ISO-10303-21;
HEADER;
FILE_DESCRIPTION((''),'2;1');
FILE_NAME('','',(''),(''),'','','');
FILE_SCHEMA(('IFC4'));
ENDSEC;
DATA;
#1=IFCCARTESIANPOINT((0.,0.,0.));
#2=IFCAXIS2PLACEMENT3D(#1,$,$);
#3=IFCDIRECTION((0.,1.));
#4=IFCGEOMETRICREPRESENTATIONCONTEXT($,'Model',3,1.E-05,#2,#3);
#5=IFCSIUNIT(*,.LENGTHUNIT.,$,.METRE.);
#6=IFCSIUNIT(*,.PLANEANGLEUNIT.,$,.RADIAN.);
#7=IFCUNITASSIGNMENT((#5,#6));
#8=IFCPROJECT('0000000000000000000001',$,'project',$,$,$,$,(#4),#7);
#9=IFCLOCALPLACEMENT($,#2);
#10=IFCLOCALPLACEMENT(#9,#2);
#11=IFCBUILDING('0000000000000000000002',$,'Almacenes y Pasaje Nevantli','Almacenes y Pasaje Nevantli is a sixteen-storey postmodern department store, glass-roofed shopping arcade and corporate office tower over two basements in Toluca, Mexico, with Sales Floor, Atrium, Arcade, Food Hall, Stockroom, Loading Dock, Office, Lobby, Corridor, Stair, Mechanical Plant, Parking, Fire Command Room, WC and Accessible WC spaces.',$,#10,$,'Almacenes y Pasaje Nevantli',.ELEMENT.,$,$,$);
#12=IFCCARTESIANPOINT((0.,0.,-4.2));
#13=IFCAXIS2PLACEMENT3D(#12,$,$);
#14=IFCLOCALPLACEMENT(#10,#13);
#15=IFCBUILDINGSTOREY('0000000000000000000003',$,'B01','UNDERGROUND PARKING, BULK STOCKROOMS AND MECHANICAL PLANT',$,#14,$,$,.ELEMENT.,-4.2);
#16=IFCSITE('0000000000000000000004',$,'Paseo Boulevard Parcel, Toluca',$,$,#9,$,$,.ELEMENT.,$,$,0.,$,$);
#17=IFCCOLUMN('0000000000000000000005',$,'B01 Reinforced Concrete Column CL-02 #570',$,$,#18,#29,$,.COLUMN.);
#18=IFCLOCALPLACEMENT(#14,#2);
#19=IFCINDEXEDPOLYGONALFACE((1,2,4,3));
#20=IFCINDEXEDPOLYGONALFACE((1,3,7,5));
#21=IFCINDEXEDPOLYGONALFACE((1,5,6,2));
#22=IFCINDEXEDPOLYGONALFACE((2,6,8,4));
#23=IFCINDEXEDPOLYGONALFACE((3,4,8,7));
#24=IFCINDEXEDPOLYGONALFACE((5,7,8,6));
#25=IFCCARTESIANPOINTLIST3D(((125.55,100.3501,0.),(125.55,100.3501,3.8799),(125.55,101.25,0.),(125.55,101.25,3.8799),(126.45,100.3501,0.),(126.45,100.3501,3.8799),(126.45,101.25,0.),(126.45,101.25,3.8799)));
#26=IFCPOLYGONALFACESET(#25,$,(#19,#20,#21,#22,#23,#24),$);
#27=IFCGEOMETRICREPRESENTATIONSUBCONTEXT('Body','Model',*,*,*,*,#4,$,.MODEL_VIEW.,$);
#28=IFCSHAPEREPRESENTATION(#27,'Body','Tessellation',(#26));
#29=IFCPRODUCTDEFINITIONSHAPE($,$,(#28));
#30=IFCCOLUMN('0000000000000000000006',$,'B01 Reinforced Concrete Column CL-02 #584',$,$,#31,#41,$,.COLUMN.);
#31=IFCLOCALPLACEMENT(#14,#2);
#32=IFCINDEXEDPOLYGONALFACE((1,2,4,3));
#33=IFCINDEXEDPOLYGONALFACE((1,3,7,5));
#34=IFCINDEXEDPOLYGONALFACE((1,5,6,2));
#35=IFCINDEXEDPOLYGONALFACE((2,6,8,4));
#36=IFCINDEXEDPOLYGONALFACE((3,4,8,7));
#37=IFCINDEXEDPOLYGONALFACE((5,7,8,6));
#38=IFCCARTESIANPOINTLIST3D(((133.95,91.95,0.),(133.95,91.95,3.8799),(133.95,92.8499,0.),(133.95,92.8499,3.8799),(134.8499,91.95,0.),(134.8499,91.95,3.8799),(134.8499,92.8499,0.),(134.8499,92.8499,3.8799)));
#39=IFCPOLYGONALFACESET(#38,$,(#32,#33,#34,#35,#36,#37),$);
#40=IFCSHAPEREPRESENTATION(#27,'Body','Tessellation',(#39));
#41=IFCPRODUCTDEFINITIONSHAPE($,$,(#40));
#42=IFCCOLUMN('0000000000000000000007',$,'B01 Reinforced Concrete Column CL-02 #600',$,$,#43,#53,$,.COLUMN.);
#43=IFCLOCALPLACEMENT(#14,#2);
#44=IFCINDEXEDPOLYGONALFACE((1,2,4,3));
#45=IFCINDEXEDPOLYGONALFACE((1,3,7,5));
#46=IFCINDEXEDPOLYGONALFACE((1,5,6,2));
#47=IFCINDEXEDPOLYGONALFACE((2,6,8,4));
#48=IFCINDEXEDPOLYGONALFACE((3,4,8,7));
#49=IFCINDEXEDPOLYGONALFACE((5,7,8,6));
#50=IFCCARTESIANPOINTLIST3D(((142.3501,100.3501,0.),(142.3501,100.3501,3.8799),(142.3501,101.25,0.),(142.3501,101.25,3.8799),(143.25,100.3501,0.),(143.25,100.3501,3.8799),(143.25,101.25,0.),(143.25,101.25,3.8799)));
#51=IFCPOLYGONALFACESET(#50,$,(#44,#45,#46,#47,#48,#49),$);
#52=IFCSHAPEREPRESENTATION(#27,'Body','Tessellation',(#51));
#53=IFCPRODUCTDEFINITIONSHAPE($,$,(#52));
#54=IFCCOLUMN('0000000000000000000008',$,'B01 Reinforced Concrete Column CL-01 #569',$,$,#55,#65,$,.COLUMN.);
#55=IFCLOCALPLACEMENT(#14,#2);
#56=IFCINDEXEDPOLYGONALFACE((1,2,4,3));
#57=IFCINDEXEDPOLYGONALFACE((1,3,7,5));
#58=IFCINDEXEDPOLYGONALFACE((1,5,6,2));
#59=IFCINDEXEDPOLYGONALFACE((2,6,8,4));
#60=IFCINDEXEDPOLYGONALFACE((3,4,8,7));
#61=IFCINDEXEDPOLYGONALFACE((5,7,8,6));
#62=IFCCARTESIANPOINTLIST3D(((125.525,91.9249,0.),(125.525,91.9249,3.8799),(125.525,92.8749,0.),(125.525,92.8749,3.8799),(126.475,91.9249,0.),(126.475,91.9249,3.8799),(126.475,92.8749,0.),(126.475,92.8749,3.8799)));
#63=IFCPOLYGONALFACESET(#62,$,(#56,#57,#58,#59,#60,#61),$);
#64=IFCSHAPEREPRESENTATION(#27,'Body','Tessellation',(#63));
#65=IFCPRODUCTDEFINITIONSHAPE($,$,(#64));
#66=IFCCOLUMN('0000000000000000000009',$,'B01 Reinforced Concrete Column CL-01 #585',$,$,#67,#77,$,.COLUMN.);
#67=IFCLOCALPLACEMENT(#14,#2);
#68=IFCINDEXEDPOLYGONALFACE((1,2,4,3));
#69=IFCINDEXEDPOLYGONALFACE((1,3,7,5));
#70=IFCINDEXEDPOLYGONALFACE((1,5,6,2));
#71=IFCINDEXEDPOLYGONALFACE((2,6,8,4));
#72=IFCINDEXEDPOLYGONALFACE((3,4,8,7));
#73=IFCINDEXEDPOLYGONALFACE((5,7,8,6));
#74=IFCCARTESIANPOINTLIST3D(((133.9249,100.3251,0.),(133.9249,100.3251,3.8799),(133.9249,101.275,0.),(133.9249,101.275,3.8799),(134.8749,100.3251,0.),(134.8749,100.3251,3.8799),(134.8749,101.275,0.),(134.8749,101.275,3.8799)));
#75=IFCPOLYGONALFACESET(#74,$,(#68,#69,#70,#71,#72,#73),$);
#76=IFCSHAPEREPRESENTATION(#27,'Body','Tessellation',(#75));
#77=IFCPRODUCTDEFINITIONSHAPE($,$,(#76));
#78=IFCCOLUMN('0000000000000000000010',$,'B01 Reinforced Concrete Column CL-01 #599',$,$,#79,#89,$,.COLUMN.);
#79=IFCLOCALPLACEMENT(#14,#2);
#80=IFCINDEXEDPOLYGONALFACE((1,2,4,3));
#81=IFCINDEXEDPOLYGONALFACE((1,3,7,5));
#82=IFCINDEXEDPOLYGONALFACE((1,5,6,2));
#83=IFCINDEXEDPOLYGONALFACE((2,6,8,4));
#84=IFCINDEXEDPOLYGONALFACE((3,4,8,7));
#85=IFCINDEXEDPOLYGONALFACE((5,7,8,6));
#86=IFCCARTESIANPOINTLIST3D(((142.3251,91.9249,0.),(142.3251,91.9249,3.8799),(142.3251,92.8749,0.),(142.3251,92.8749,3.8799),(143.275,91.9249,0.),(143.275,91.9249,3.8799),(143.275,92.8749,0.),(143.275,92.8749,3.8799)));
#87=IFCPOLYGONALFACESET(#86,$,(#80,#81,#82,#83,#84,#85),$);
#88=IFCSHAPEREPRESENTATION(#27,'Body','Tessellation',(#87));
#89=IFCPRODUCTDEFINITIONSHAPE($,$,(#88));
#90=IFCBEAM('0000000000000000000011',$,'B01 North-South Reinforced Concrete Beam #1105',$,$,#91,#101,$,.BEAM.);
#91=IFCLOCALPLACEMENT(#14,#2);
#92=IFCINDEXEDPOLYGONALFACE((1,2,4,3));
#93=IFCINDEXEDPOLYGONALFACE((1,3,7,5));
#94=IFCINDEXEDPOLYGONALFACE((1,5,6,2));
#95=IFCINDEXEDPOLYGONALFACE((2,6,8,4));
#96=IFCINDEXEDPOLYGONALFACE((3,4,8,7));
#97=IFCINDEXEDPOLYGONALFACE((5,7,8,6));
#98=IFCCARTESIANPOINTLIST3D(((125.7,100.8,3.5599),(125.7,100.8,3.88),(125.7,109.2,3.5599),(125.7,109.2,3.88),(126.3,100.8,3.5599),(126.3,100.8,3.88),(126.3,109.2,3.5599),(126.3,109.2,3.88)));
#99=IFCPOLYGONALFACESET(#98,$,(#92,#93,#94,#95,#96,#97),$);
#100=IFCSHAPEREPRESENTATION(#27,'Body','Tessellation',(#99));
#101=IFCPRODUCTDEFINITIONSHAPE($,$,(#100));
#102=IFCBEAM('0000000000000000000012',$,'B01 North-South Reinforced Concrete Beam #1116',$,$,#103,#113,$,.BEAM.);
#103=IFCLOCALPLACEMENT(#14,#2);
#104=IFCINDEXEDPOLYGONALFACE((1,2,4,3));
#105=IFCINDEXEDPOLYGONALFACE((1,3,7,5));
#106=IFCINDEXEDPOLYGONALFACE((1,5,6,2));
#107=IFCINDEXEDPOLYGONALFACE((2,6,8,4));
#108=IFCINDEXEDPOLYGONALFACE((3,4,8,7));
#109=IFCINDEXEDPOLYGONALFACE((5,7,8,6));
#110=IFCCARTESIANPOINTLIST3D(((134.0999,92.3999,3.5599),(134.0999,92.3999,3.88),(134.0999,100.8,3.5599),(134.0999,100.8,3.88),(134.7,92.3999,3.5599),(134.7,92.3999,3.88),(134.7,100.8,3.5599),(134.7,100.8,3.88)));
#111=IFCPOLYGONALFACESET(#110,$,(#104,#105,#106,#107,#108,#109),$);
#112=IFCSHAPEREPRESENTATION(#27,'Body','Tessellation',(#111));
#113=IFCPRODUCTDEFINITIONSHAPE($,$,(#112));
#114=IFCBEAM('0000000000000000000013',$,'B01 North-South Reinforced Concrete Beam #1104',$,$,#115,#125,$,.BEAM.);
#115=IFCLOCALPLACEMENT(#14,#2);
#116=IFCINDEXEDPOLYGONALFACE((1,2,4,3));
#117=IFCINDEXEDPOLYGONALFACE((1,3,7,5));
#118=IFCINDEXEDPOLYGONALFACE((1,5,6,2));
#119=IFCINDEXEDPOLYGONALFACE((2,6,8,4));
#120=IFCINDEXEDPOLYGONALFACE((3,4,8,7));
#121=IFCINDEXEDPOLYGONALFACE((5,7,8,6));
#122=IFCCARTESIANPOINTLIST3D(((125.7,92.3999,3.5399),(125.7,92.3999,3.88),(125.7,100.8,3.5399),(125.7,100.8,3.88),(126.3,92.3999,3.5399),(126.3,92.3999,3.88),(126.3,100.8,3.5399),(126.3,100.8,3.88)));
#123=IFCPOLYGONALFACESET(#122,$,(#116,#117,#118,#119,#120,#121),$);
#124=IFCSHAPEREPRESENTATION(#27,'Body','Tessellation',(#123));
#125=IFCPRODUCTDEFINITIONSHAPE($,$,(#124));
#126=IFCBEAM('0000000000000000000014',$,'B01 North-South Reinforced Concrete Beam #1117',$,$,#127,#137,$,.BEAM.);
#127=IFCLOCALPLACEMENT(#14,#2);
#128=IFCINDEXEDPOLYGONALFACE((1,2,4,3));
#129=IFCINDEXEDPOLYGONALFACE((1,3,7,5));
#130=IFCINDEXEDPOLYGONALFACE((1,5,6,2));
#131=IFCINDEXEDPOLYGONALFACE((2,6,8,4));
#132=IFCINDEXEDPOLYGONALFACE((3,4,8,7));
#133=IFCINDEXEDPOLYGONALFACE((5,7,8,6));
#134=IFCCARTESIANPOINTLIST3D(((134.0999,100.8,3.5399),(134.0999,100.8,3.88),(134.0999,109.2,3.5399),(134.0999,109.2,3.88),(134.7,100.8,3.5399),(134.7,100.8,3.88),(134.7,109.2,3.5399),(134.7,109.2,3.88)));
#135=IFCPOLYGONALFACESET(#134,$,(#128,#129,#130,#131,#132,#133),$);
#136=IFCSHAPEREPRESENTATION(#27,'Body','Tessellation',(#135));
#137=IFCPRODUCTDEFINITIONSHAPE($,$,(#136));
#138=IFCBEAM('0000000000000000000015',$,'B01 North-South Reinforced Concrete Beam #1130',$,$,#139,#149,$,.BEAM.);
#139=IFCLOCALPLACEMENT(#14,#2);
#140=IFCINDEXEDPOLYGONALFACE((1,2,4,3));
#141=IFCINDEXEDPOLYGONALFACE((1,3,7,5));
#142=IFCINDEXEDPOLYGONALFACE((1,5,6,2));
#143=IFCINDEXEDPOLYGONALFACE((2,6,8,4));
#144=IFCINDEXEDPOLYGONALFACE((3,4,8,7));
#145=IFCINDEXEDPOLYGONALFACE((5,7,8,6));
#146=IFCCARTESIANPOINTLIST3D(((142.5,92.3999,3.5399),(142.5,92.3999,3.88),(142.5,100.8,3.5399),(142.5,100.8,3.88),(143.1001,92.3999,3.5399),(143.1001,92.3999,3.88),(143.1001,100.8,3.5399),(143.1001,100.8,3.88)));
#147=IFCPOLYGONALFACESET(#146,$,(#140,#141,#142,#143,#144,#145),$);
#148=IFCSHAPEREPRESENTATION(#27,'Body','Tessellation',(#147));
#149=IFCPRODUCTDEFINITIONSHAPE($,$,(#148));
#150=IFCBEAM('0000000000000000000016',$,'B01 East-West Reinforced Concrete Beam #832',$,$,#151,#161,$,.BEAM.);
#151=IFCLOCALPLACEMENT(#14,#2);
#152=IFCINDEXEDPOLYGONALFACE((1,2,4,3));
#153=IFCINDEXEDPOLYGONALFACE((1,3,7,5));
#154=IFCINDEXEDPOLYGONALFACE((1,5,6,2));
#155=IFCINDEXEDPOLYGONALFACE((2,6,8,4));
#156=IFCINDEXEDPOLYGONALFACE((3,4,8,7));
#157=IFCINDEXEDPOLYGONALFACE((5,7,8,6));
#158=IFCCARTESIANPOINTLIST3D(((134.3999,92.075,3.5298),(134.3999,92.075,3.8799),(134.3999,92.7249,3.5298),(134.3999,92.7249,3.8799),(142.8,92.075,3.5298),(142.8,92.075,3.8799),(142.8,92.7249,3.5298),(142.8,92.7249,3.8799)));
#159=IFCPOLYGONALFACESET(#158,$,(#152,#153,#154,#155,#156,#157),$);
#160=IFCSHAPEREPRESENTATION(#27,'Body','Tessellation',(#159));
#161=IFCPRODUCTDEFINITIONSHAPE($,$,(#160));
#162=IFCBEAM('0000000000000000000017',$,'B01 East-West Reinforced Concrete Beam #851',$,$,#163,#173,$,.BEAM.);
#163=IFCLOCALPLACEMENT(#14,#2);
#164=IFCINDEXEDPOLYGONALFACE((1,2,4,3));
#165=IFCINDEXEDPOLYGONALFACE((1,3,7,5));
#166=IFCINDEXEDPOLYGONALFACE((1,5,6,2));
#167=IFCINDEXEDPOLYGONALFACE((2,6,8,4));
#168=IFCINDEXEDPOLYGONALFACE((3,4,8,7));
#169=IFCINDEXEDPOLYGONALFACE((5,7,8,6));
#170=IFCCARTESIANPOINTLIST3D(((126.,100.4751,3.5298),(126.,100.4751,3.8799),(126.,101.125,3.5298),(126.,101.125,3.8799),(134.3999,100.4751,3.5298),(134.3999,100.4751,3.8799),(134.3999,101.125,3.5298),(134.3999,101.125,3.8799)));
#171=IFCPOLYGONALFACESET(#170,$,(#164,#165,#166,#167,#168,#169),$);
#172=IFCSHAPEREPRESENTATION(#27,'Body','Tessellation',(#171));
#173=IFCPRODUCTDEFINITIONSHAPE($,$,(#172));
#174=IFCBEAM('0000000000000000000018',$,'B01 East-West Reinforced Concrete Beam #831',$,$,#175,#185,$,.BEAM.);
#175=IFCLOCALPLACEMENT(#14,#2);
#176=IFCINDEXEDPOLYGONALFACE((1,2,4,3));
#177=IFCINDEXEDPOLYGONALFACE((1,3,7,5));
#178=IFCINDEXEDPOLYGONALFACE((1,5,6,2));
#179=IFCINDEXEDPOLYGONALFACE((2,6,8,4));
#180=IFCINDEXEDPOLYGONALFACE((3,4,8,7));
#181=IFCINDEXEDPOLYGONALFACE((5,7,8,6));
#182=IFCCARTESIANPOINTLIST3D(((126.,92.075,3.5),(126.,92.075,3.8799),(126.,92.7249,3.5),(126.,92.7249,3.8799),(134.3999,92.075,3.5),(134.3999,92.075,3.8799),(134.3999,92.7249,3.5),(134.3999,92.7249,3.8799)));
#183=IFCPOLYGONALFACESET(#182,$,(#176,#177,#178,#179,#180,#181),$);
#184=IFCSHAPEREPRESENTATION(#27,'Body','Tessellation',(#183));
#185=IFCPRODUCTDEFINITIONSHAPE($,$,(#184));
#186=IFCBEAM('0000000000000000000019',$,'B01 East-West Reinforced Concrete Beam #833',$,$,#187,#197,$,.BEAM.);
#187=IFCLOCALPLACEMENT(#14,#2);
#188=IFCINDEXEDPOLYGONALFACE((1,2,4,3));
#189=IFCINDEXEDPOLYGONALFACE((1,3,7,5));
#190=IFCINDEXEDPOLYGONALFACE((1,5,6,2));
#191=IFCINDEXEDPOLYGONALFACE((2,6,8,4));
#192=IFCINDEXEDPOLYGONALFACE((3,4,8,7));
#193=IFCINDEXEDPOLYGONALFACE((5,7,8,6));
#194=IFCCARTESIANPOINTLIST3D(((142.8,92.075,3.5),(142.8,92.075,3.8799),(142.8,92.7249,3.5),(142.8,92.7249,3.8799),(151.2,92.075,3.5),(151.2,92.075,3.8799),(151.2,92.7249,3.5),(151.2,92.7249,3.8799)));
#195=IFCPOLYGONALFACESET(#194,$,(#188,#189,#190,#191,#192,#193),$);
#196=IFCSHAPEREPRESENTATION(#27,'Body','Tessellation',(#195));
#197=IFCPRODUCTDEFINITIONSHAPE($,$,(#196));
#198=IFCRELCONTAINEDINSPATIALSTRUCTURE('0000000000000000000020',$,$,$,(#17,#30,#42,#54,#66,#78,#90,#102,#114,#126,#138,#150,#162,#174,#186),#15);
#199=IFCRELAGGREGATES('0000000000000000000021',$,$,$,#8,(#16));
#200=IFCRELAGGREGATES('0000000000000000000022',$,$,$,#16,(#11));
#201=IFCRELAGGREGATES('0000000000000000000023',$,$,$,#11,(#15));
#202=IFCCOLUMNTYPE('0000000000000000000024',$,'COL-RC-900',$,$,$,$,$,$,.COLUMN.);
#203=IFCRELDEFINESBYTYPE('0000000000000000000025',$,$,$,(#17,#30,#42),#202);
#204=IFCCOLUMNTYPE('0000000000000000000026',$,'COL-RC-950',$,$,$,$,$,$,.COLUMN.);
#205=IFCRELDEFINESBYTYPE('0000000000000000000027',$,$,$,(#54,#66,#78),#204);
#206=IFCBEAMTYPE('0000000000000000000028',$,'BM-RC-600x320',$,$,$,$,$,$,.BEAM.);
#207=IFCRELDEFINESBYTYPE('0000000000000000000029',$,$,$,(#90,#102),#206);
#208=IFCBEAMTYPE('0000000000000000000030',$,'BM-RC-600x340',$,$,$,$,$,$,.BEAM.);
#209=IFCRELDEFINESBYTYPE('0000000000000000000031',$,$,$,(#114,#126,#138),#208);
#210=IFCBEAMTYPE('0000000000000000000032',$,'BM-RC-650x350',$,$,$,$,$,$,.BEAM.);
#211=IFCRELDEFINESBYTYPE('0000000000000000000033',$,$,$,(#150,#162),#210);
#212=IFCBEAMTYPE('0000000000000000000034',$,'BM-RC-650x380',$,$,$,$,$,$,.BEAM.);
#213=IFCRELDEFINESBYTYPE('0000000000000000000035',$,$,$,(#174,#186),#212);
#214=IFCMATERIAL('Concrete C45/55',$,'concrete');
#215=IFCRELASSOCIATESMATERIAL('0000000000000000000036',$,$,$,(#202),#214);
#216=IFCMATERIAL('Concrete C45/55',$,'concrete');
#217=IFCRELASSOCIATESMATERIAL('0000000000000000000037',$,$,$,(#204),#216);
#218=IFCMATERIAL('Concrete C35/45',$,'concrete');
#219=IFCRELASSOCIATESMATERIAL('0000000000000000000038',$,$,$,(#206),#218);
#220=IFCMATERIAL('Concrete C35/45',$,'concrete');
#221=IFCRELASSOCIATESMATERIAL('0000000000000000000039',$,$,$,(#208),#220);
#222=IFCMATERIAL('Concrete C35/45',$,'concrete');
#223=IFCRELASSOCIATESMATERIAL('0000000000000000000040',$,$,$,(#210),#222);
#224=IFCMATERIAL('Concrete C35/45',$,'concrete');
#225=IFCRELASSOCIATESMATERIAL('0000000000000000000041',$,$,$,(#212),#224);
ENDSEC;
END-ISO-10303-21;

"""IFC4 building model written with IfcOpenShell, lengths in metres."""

from ifc_helpers import new_model, si_unit, direction, frame, origin, origin_2d, place, context, subcontext, project, spatial, rectangle, extrude, material, material_profile, profile_set, type_object, element, save


model = new_model("IFC4")

# Units and contexts
model_context = context("Model", 3, precision=1e-05, world=origin(), true_north=direction((0.0, 1.0)))
body_context = subcontext(model_context, "Body", "Model", "MODEL_VIEW")
ifc_project = project(units=[si_unit("LENGTHUNIT", "METRE"), si_unit("PLANEANGLEUNIT", "RADIAN")], contexts=[model_context])

# Site, building, storey
site_placement = place(None, origin())
site = spatial("IfcSite", under=ifc_project, at=site_placement, Name="Paseo Boulevard Parcel, Toluca", CompositionType="ELEMENT", RefElevation=0.0)
building_placement = place(site_placement, origin())
building = spatial("IfcBuilding", under=site, at=building_placement, Name="Almacenes y Pasaje Nevantli", Description="Almacenes y Pasaje Nevantli is a sixteen-storey postmodern department store, glass-roofed shopping arcade and corporate office tower over two basements in Toluca, Mexico, with Sales Floor, Atrium, Arcade, Food Hall, Stockroom, Loading Dock, Office, Lobby, Corridor, Stair, Mechanical Plant, Parking, Fire Command Room, WC and Accessible WC spaces.", LongName="Almacenes y Pasaje Nevantli", CompositionType="ELEMENT")
storey_placement = place(building_placement, frame((0.0, 0.0, -4.2)))
storey = spatial("IfcBuildingStorey", under=building, at=storey_placement, Name="B01", Description="UNDERGROUND PARKING, BULK STOCKROOMS AND MECHANICAL PLANT", CompositionType="ELEMENT", Elevation=-4.2)

# Columns
ifc_material_1 = material(Name="Concrete C45/55", Category="concrete")
ifc_material_profile_1 = material_profile(ifc_material_1, rectangle(XDim=0.8999, YDim=0.8999, at=origin_2d()), Name="RC-COL-900x900")
ifc_profile_set_1 = profile_set([ifc_material_profile_1], Name="Concrete C45/55")
column_type_1 = type_object("IfcColumnType", Name="COL-RC-900", PredefinedType="COLUMN", material=ifc_profile_set_1)
for number, where, z_axis, x_axis, name in (
    (1, (126.0, 100.8, 0.0), (0.0, 0.0, 1.0), (1.0, 0.0, 0.0), "B01 Reinforced Concrete Column CL-02 #570"),
    (2, (134.3999, 92.3999, 0.0), (0.0, 0.0, 1.0), (1.0, 0.0, 0.0), "B01 Reinforced Concrete Column CL-02 #584"),
    (3, (142.8, 100.8, 0.0), (0.0, 0.0, 1.0), (1.0, 0.0, 0.0), "B01 Reinforced Concrete Column CL-02 #600"),
):
    element("IfcColumn", number, at=place(storey_placement, frame(where, z_axis=z_axis, x_axis=x_axis)), inside=storey, type_object=column_type_1, Name=name, PredefinedType="COLUMN", context=body_context, shape_type="SweptSolid", body=[
        extrude(rectangle(XDim=0.8999, YDim=0.8999, at=origin_2d()), origin(), (0.0, 0.0, 1.0), 3.8799),
    ])
ifc_material_2 = material(Name="Concrete C45/55", Category="concrete")
ifc_material_profile_2 = material_profile(ifc_material_2, rectangle(XDim=0.95, YDim=0.95, at=origin_2d()), Name="RC-COL-950x950")
ifc_profile_set_2 = profile_set([ifc_material_profile_2], Name="Concrete C45/55")
column_type_2 = type_object("IfcColumnType", Name="COL-RC-950", PredefinedType="COLUMN", material=ifc_profile_set_2)
for number, where, z_axis, x_axis, name in (
    (4, (126.0, 92.3999, 0.0), (0.0, 0.0, 1.0), (1.0, 0.0, 0.0), "B01 Reinforced Concrete Column CL-01 #569"),
    (5, (134.3999, 100.8, 0.0), (0.0, 0.0, 1.0), (1.0, 0.0, 0.0), "B01 Reinforced Concrete Column CL-01 #585"),
    (6, (142.8, 92.3999, 0.0), (0.0, 0.0, 1.0), (1.0, 0.0, 0.0), "B01 Reinforced Concrete Column CL-01 #599"),
):
    element("IfcColumn", number, at=place(storey_placement, frame(where, z_axis=z_axis, x_axis=x_axis)), inside=storey, type_object=column_type_2, Name=name, PredefinedType="COLUMN", context=body_context, shape_type="SweptSolid", body=[
        extrude(rectangle(XDim=0.95, YDim=0.95, at=origin_2d()), origin(), (0.0, 0.0, 1.0), 3.8799),
    ])

# Beams
ifc_material_3 = material(Name="Concrete C35/45", Category="concrete")
ifc_material_profile_3 = material_profile(ifc_material_3, rectangle(XDim=0.6001, YDim=0.3201, at=origin_2d()), Name="RC-BM-600x320")
ifc_profile_set_3 = profile_set([ifc_material_profile_3], Name="Concrete C35/45")
beam_type_1 = type_object("IfcBeamType", Name="BM-RC-600x320", PredefinedType="BEAM", material=ifc_profile_set_3)
beam_1_placement = place(storey_placement, frame((126.0, 100.8, 3.72), z_axis=(0.0, 1.0, 0.0), x_axis=(-1.0, 0.0, 0.0)))
element("IfcBeam", 7, at=beam_1_placement, inside=storey, type_object=beam_type_1, Name="B01 North-South Reinforced Concrete Beam #1105", PredefinedType="BEAM", context=body_context, shape_type="SweptSolid", body=[
    extrude(rectangle(XDim=0.6001, YDim=0.3201, at=origin_2d()), origin(), (0.0, 0.0, 1.0), 8.3999),
])
beam_2_placement = place(storey_placement, frame((134.3999, 92.3999, 3.72), z_axis=(0.0, 1.0, 0.0), x_axis=(-1.0, 0.0, 0.0)))
element("IfcBeam", 8, at=beam_2_placement, inside=storey, type_object=beam_type_1, Name="B01 North-South Reinforced Concrete Beam #1116", PredefinedType="BEAM", context=body_context, shape_type="SweptSolid", body=[
    extrude(rectangle(XDim=0.6001, YDim=0.3201, at=origin_2d()), origin(), (0.0, 0.0, 1.0), 8.4001),
])
ifc_material_4 = material(Name="Concrete C35/45", Category="concrete")
ifc_material_profile_4 = material_profile(ifc_material_4, rectangle(XDim=0.6001, YDim=0.3401, at=origin_2d()), Name="RC-BM-600x340")
ifc_profile_set_4 = profile_set([ifc_material_profile_4], Name="Concrete C35/45")
beam_type_2 = type_object("IfcBeamType", Name="BM-RC-600x340", PredefinedType="BEAM", material=ifc_profile_set_4)
beam_3_placement = place(storey_placement, frame((126.0, 92.3999, 3.71), z_axis=(0.0, 1.0, 0.0), x_axis=(-1.0, 0.0, 0.0)))
element("IfcBeam", 9, at=beam_3_placement, inside=storey, type_object=beam_type_2, Name="B01 North-South Reinforced Concrete Beam #1104", PredefinedType="BEAM", context=body_context, shape_type="SweptSolid", body=[
    extrude(rectangle(XDim=0.6001, YDim=0.3401, at=origin_2d()), origin(), (0.0, 0.0, 1.0), 8.4001),
])
beam_4_placement = place(storey_placement, frame((134.3999, 100.8, 3.71), z_axis=(0.0, 1.0, 0.0), x_axis=(-1.0, 0.0, 0.0)))
element("IfcBeam", 10, at=beam_4_placement, inside=storey, type_object=beam_type_2, Name="B01 North-South Reinforced Concrete Beam #1117", PredefinedType="BEAM", context=body_context, shape_type="SweptSolid", body=[
    extrude(rectangle(XDim=0.6001, YDim=0.3401, at=origin_2d()), origin(), (0.0, 0.0, 1.0), 8.3999),
])
beam_5_placement = place(storey_placement, frame((142.8, 92.3999, 3.71), z_axis=(0.0, 1.0, 0.0), x_axis=(-1.0, 0.0, 0.0)))
element("IfcBeam", 11, at=beam_5_placement, inside=storey, type_object=beam_type_2, Name="B01 North-South Reinforced Concrete Beam #1130", PredefinedType="BEAM", context=body_context, shape_type="SweptSolid", body=[
    extrude(rectangle(XDim=0.6001, YDim=0.3401, at=origin_2d()), origin(), (0.0, 0.0, 1.0), 8.4001),
])
ifc_material_5 = material(Name="Concrete C35/45", Category="concrete")
ifc_material_profile_5 = material_profile(ifc_material_5, rectangle(XDim=0.6499, YDim=0.3501, at=origin_2d()), Name="RC-BM-650x350")
ifc_profile_set_5 = profile_set([ifc_material_profile_5], Name="Concrete C35/45")
beam_type_3 = type_object("IfcBeamType", Name="BM-RC-650x350", PredefinedType="BEAM", material=ifc_profile_set_5)
beam_6_placement = place(storey_placement, frame((134.3999, 92.3999, 3.7048), z_axis=(1.0, 0.0, 0.0), x_axis=(0.0, 1.0, 0.0)))
element("IfcBeam", 12, at=beam_6_placement, inside=storey, type_object=beam_type_3, Name="B01 East-West Reinforced Concrete Beam #832", PredefinedType="BEAM", context=body_context, shape_type="SweptSolid", body=[
    extrude(rectangle(XDim=0.6499, YDim=0.3501, at=origin_2d()), origin(), (0.0, 0.0, 1.0), 8.4001),
])
beam_7_placement = place(storey_placement, frame((126.0, 100.8, 3.7048), z_axis=(1.0, 0.0, 0.0), x_axis=(0.0, 1.0, 0.0)))
element("IfcBeam", 13, at=beam_7_placement, inside=storey, type_object=beam_type_3, Name="B01 East-West Reinforced Concrete Beam #851", PredefinedType="BEAM", context=body_context, shape_type="SweptSolid", body=[
    extrude(rectangle(XDim=0.6499, YDim=0.3501, at=origin_2d()), origin(), (0.0, 0.0, 1.0), 8.3999),
])
ifc_material_6 = material(Name="Concrete C35/45", Category="concrete")
ifc_material_profile_6 = material_profile(ifc_material_6, rectangle(XDim=0.6499, YDim=0.3799, at=origin_2d()), Name="RC-BM-650x380")
ifc_profile_set_6 = profile_set([ifc_material_profile_6], Name="Concrete C35/45")
beam_type_4 = type_object("IfcBeamType", Name="BM-RC-650x380", PredefinedType="BEAM", material=ifc_profile_set_6)
for number, where, z_axis, x_axis, name in (
    (14, (126.0, 92.3999, 3.6899), (1.0, 0.0, 0.0), (0.0, 1.0, 0.0), "B01 East-West Reinforced Concrete Beam #831"),
    (15, (142.8, 92.3999, 3.6899), (1.0, 0.0, 0.0), (0.0, 1.0, 0.0), "B01 East-West Reinforced Concrete Beam #833"),
):
    element("IfcBeam", number, at=place(storey_placement, frame(where, z_axis=z_axis, x_axis=x_axis)), inside=storey, type_object=beam_type_4, Name=name, PredefinedType="BEAM", context=body_context, shape_type="SweptSolid", body=[
        extrude(rectangle(XDim=0.6499, YDim=0.3799, at=origin_2d()), origin(), (0.0, 0.0, 1.0), 8.3999),
    ])

save(model, "model.ifc")
